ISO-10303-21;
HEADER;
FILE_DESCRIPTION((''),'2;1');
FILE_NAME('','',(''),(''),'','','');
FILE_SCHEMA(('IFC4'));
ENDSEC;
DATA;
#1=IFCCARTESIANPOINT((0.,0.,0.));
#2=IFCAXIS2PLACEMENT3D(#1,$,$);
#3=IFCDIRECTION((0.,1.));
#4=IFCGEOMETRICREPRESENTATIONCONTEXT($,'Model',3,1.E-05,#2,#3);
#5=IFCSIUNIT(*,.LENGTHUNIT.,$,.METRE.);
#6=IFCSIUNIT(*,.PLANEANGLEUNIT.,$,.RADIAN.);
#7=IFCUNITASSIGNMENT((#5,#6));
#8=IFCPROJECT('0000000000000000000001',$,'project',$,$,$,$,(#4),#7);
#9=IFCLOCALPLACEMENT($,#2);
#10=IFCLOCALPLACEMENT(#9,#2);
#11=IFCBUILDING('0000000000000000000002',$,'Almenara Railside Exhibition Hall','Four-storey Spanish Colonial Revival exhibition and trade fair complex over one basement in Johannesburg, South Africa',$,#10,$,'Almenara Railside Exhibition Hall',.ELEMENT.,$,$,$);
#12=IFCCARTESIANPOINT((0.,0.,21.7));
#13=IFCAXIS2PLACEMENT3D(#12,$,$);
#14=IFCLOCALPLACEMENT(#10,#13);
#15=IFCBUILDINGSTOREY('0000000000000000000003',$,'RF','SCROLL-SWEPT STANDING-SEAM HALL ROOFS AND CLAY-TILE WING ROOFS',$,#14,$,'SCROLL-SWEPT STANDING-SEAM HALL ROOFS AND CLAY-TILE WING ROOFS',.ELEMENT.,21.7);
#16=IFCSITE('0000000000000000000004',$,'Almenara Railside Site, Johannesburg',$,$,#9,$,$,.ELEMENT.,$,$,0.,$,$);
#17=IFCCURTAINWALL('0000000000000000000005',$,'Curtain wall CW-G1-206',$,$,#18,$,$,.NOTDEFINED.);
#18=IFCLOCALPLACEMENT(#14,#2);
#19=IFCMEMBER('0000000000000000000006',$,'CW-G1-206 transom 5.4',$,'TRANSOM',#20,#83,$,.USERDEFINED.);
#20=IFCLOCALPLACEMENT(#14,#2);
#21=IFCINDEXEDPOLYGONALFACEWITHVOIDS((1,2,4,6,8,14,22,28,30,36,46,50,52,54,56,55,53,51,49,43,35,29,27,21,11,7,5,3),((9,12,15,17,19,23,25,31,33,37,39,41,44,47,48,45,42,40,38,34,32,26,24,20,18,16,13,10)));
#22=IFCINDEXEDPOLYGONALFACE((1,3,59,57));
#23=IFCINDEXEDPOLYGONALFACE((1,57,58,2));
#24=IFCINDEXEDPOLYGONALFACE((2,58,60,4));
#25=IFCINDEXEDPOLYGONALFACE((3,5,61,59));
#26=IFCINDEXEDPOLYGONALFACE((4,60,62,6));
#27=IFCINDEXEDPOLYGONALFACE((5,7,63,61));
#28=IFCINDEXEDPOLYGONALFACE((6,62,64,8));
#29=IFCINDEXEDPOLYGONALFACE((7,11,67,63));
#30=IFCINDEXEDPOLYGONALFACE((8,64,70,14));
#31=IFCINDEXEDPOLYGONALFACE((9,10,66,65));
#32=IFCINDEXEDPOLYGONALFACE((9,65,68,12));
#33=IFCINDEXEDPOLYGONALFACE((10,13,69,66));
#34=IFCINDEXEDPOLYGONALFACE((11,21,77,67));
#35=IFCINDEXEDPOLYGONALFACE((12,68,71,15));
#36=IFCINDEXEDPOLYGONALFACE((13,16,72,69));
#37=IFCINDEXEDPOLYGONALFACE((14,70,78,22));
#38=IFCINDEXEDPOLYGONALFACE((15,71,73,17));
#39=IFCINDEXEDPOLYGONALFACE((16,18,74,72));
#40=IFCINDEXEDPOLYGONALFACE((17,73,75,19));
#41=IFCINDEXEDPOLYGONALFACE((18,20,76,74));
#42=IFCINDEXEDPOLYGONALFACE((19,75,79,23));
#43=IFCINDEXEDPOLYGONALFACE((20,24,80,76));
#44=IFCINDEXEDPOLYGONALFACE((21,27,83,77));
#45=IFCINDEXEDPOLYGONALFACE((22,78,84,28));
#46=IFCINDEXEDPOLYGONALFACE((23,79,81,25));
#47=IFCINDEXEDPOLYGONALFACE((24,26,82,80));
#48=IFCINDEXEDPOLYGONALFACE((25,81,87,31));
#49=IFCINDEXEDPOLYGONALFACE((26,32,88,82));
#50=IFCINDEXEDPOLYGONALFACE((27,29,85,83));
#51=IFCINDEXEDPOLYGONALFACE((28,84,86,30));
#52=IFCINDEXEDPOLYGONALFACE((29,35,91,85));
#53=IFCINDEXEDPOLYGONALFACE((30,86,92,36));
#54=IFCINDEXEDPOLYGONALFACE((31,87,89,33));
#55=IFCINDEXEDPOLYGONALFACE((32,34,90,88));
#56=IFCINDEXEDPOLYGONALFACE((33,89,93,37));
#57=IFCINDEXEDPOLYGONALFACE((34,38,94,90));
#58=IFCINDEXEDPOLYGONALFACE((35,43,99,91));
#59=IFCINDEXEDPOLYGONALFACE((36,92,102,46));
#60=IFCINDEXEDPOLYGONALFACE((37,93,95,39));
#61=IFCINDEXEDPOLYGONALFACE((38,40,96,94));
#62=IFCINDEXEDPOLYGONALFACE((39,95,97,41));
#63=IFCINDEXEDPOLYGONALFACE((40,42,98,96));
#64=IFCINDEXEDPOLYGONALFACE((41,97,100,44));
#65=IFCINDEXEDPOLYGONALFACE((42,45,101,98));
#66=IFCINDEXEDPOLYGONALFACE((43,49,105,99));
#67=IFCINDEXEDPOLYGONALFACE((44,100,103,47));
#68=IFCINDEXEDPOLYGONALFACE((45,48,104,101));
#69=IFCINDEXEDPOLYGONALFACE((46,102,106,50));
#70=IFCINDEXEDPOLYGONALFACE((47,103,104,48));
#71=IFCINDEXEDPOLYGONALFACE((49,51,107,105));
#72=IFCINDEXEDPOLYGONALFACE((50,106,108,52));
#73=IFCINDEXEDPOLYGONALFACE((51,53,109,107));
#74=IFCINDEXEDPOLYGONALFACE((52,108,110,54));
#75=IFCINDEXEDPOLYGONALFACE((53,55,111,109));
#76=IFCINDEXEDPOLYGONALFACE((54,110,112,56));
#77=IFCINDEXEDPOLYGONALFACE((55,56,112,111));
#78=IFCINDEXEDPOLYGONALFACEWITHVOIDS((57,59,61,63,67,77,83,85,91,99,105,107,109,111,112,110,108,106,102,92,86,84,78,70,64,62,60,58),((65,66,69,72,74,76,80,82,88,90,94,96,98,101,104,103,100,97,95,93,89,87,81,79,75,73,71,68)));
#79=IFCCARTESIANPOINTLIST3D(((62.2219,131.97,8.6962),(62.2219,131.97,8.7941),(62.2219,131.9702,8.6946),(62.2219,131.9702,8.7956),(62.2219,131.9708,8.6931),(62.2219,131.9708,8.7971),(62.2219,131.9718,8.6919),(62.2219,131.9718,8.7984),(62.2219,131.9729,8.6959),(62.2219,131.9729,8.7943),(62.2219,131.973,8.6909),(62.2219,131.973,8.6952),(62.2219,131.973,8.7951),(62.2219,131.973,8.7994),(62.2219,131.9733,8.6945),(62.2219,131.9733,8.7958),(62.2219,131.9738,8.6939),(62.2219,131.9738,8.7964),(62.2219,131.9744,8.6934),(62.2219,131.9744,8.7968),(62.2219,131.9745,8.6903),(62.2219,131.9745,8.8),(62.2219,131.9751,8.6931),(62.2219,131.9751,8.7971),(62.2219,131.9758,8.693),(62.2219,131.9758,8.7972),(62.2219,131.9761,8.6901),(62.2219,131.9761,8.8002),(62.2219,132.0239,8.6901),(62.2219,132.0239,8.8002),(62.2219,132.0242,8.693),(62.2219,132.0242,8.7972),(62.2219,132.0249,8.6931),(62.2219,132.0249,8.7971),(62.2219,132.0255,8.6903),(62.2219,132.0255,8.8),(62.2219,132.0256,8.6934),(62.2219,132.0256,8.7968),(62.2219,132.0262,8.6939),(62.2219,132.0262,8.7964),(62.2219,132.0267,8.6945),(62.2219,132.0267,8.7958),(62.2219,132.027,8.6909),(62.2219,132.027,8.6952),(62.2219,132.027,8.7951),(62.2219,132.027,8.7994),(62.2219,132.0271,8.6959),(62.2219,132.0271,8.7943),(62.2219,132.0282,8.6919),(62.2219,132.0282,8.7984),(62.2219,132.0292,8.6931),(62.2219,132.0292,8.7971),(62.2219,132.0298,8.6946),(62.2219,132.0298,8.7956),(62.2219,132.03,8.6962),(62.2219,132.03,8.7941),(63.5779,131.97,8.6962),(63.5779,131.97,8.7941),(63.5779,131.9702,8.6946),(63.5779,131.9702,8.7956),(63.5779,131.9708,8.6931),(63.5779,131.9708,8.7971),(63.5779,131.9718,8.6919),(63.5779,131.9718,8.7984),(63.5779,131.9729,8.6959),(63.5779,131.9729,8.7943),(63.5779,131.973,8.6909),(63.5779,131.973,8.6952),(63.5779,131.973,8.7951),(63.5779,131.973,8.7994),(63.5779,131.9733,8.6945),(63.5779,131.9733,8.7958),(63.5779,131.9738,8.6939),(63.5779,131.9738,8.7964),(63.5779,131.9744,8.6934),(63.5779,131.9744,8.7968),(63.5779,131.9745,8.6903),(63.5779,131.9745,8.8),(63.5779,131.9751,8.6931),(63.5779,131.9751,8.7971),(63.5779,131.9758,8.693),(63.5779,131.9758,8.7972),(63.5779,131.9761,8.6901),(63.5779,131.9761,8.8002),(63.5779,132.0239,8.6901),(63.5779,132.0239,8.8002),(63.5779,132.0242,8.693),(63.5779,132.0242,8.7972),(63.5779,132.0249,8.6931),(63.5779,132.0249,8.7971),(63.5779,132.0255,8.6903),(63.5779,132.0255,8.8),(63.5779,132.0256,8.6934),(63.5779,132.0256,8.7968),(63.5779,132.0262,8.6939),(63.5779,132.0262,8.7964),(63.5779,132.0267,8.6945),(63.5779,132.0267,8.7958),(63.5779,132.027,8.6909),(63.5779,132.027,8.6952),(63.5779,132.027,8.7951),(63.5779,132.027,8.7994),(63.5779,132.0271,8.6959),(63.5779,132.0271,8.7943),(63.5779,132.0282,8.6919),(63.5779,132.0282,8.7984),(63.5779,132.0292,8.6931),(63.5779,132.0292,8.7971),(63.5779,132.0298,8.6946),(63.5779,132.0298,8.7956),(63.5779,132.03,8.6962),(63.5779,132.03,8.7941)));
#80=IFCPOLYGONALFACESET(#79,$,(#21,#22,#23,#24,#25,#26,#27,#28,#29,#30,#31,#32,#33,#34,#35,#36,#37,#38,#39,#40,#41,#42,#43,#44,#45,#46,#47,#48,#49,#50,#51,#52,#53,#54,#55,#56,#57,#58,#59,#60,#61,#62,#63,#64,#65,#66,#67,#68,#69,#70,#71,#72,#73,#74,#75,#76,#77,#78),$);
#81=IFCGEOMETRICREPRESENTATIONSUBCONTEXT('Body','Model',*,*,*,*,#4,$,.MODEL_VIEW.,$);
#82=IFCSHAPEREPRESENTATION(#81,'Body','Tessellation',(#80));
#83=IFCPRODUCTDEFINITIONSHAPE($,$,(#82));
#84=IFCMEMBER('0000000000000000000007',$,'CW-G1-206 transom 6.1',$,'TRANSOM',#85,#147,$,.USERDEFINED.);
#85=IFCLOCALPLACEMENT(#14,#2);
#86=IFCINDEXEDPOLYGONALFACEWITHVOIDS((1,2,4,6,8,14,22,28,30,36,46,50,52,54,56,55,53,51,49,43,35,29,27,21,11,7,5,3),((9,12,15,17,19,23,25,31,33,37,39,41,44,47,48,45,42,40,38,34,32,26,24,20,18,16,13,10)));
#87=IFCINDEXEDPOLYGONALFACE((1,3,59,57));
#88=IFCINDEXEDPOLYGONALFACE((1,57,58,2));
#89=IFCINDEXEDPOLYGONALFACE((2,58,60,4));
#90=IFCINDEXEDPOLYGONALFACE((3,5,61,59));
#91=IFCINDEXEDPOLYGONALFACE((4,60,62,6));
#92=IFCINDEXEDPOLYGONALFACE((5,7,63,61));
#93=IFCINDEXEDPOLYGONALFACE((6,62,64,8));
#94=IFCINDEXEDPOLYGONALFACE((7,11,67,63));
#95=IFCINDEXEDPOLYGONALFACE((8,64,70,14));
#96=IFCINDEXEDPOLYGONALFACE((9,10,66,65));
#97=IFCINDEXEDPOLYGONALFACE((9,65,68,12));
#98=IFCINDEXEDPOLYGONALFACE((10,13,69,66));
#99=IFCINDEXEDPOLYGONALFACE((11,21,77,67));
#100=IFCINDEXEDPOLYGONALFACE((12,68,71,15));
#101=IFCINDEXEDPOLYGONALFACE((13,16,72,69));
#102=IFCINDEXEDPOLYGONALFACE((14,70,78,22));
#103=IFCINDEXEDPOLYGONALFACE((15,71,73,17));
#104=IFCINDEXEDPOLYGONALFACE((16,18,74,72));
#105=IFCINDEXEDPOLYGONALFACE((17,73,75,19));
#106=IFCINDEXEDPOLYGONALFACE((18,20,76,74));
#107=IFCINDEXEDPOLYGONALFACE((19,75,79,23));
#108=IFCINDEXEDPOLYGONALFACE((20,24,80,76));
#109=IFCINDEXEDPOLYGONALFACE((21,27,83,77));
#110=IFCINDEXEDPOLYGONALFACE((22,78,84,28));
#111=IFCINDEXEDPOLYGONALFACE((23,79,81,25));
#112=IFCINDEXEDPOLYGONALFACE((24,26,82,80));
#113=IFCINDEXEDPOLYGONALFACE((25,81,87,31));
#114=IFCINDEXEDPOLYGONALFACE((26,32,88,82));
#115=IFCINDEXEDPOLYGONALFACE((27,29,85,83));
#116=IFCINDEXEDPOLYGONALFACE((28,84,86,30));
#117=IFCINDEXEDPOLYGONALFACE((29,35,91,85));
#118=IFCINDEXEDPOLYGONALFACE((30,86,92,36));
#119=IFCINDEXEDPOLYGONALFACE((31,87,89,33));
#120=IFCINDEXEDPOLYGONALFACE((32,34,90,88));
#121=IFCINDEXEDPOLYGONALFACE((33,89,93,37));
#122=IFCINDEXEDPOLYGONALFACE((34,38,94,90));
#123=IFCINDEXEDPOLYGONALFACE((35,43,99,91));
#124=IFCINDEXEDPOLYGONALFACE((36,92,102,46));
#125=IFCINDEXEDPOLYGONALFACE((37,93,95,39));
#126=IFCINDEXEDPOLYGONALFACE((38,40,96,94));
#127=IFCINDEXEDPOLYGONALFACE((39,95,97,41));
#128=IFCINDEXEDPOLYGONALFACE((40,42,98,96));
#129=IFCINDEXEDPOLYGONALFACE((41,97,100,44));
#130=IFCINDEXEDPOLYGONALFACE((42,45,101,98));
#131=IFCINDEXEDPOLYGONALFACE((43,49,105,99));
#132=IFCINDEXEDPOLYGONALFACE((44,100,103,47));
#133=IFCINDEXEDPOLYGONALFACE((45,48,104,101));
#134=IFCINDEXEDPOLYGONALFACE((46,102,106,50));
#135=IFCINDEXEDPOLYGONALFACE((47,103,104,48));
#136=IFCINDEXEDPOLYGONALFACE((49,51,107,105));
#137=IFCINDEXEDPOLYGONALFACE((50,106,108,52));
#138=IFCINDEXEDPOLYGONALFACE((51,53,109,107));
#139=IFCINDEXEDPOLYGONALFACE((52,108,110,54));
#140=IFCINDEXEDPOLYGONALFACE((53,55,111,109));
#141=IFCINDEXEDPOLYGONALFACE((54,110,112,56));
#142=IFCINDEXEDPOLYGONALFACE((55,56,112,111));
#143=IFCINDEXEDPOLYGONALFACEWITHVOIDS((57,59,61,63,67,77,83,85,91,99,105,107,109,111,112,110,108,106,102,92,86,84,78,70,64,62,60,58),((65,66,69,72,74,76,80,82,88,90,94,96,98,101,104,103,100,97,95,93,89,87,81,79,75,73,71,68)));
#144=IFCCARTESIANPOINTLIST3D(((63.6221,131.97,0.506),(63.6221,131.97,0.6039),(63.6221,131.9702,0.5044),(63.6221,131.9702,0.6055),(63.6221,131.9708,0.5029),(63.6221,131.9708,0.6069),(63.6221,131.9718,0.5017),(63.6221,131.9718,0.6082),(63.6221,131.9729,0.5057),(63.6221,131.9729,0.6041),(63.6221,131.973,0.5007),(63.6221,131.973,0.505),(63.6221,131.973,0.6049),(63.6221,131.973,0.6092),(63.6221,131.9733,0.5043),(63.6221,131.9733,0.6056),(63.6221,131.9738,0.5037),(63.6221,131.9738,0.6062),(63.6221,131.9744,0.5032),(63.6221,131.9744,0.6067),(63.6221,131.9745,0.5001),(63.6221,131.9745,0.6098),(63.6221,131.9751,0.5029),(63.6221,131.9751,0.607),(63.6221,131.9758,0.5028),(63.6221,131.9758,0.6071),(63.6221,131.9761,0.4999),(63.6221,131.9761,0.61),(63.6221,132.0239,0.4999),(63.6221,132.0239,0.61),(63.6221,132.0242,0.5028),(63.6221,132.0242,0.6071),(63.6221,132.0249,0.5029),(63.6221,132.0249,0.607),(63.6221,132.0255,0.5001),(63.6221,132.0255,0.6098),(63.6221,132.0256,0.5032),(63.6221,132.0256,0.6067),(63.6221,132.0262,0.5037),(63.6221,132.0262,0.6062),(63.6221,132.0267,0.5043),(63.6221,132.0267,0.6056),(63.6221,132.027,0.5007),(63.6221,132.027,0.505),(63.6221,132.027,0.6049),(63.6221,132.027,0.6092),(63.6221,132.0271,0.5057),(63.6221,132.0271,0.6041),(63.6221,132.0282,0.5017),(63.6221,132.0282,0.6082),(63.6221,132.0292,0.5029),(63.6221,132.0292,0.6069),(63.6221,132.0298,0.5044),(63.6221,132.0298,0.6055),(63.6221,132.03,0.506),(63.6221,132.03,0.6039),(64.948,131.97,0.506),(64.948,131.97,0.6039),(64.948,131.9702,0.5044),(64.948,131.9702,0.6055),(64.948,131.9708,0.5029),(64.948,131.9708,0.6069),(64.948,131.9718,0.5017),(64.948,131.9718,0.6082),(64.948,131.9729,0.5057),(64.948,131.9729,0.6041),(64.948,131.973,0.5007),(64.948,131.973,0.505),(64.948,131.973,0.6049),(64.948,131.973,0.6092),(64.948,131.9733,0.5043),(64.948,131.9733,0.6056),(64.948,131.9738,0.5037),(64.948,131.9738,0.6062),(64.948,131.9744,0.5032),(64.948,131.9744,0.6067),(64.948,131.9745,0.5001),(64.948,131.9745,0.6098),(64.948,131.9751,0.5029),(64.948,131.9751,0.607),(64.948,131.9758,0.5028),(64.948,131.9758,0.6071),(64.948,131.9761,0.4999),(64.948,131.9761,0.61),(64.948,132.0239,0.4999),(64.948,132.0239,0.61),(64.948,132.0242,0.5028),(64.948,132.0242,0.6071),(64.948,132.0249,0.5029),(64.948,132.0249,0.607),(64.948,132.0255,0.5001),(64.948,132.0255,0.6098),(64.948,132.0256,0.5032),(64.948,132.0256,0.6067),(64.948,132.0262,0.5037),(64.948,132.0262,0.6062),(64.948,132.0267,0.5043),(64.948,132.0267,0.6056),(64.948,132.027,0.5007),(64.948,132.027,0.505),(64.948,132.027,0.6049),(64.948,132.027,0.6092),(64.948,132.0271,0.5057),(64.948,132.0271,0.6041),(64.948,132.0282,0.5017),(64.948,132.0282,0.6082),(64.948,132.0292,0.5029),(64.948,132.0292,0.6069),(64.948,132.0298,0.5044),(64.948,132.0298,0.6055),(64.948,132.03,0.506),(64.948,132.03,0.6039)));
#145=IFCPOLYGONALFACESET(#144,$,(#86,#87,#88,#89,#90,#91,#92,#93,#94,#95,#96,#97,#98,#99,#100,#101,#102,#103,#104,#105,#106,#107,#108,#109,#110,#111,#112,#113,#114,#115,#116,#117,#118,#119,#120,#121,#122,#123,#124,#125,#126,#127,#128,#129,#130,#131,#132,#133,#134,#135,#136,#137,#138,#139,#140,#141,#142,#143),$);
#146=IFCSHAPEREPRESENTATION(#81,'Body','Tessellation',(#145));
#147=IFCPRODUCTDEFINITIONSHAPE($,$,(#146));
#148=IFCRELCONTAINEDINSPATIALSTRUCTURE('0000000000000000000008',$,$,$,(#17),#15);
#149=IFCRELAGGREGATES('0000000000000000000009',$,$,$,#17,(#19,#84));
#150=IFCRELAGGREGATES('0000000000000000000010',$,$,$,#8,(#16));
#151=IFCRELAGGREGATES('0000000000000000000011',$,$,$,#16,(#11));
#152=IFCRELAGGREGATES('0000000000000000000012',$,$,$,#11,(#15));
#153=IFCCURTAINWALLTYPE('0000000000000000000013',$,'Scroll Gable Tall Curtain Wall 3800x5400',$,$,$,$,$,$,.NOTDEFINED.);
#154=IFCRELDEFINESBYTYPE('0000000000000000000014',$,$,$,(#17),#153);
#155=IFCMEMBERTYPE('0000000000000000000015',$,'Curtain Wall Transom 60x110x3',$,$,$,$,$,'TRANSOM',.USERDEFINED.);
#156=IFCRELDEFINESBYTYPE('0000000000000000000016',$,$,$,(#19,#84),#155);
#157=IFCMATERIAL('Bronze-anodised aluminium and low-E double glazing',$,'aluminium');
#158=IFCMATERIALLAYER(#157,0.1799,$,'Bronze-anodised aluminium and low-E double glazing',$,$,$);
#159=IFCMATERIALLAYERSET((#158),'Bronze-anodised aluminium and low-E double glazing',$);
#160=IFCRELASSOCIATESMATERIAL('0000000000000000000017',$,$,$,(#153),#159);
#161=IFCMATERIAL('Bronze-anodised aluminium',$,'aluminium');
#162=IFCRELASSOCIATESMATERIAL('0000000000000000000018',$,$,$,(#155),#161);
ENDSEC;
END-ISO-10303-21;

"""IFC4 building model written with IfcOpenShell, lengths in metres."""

from ifc_helpers import new_model, si_unit, direction, frame, origin, origin_2d, place, context, subcontext, project, spatial, hollow_rectangle, extrude, material, layer, layer_set, material_profile, profile_set, type_object, element, aggregate, save


model = new_model("IFC4")

# Units and contexts
model_context = context("Model", 3, precision=1e-05, world=origin(), true_north=direction((0.0, 1.0)))
body_context = subcontext(model_context, "Body", "Model", "MODEL_VIEW")
ifc_project = project(units=[si_unit("LENGTHUNIT", "METRE"), si_unit("PLANEANGLEUNIT", "RADIAN")], contexts=[model_context])

# Site, building, storey
site_placement = place(None, origin())
site = spatial("IfcSite", under=ifc_project, at=site_placement, Name="Almenara Railside Site, Johannesburg", CompositionType="ELEMENT", RefElevation=0.0)
building_placement = place(site_placement, origin())
building = spatial("IfcBuilding", under=site, at=building_placement, Name="Almenara Railside Exhibition Hall", Description="Four-storey Spanish Colonial Revival exhibition and trade fair complex over one basement in Johannesburg, South Africa", LongName="Almenara Railside Exhibition Hall", CompositionType="ELEMENT")
storey_placement = place(building_placement, frame((0.0, 0.0, 21.7)))
storey = spatial("IfcBuildingStorey", under=building, at=storey_placement, Name="RF", Description="SCROLL-SWEPT STANDING-SEAM HALL ROOFS AND CLAY-TILE WING ROOFS", LongName="SCROLL-SWEPT STANDING-SEAM HALL ROOFS AND CLAY-TILE WING ROOFS", CompositionType="ELEMENT", Elevation=21.7)

# Curtain wall, members
ifc_material_1 = material(Name="Bronze-anodised aluminium and low-E double glazing", Category="aluminium")
ifc_layer_1 = layer(ifc_material_1, 0.1799, Name="Bronze-anodised aluminium and low-E double glazing")
ifc_layer_set_1 = layer_set([ifc_layer_1], Name="Bronze-anodised aluminium and low-E double glazing")
curtain_wall_type = type_object("IfcCurtainWallType", Name="Scroll Gable Tall Curtain Wall 3800x5400", PredefinedType="NOTDEFINED", material=ifc_layer_set_1)
curtain_wall_placement = place(storey_placement, origin())
curtain_wall = element("IfcCurtainWall", 1, at=curtain_wall_placement, inside=storey, type_object=curtain_wall_type, Name="Curtain wall CW-G1-206", PredefinedType="NOTDEFINED")
ifc_material_2 = material(Name="Bronze-anodised aluminium", Category="aluminium")
ifc_material_profile_1 = material_profile(ifc_material_2, hollow_rectangle(XDim=0.0601, YDim=0.1101, WallThickness=0.0029, InnerFilletRadius=0.0029, OuterFilletRadius=0.0061, at=origin_2d()), Name="ALU-TRN 60x110x3")
ifc_profile_set_1 = profile_set([ifc_material_profile_1], Name="Bronze-anodised aluminium")
member_type_1 = type_object("IfcMemberType", Name="Curtain Wall Transom 60x110x3", ElementType="TRANSOM", PredefinedType="USERDEFINED", material=ifc_profile_set_1)
member_1_placement = place(storey_placement, frame((62.2219, 132.0, 8.7451), z_axis=(1.0, 0.0, 0.0), x_axis=(0.0, 1.0, 0.0)))
member_1 = element("IfcMember", 2, at=member_1_placement, type_object=member_type_1, Name="CW-G1-206 transom 5.4", ObjectType="TRANSOM", PredefinedType="USERDEFINED", context=body_context, shape_type="SweptSolid", body=[
    extrude(hollow_rectangle(XDim=0.0601, YDim=0.1101, WallThickness=0.0029, InnerFilletRadius=0.0029, OuterFilletRadius=0.0061, at=origin_2d()), origin(), (0.0, 0.0, 1.0), 1.356),
])
member_2_placement = place(storey_placement, frame((63.6221, 132.0, 0.5549), z_axis=(1.0, 0.0, 0.0), x_axis=(0.0, 1.0, 0.0)))
member_2 = element("IfcMember", 3, at=member_2_placement, type_object=member_type_1, Name="CW-G1-206 transom 6.1", ObjectType="TRANSOM", PredefinedType="USERDEFINED", context=body_context, shape_type="SweptSolid", body=[
    extrude(hollow_rectangle(XDim=0.0601, YDim=0.1101, WallThickness=0.0029, InnerFilletRadius=0.0029, OuterFilletRadius=0.0061, at=origin_2d()), origin(), (0.0, 0.0, 1.0), 1.3259),
])

aggregate(curtain_wall, [member_1, member_2])

save(model, "model.ifc")
